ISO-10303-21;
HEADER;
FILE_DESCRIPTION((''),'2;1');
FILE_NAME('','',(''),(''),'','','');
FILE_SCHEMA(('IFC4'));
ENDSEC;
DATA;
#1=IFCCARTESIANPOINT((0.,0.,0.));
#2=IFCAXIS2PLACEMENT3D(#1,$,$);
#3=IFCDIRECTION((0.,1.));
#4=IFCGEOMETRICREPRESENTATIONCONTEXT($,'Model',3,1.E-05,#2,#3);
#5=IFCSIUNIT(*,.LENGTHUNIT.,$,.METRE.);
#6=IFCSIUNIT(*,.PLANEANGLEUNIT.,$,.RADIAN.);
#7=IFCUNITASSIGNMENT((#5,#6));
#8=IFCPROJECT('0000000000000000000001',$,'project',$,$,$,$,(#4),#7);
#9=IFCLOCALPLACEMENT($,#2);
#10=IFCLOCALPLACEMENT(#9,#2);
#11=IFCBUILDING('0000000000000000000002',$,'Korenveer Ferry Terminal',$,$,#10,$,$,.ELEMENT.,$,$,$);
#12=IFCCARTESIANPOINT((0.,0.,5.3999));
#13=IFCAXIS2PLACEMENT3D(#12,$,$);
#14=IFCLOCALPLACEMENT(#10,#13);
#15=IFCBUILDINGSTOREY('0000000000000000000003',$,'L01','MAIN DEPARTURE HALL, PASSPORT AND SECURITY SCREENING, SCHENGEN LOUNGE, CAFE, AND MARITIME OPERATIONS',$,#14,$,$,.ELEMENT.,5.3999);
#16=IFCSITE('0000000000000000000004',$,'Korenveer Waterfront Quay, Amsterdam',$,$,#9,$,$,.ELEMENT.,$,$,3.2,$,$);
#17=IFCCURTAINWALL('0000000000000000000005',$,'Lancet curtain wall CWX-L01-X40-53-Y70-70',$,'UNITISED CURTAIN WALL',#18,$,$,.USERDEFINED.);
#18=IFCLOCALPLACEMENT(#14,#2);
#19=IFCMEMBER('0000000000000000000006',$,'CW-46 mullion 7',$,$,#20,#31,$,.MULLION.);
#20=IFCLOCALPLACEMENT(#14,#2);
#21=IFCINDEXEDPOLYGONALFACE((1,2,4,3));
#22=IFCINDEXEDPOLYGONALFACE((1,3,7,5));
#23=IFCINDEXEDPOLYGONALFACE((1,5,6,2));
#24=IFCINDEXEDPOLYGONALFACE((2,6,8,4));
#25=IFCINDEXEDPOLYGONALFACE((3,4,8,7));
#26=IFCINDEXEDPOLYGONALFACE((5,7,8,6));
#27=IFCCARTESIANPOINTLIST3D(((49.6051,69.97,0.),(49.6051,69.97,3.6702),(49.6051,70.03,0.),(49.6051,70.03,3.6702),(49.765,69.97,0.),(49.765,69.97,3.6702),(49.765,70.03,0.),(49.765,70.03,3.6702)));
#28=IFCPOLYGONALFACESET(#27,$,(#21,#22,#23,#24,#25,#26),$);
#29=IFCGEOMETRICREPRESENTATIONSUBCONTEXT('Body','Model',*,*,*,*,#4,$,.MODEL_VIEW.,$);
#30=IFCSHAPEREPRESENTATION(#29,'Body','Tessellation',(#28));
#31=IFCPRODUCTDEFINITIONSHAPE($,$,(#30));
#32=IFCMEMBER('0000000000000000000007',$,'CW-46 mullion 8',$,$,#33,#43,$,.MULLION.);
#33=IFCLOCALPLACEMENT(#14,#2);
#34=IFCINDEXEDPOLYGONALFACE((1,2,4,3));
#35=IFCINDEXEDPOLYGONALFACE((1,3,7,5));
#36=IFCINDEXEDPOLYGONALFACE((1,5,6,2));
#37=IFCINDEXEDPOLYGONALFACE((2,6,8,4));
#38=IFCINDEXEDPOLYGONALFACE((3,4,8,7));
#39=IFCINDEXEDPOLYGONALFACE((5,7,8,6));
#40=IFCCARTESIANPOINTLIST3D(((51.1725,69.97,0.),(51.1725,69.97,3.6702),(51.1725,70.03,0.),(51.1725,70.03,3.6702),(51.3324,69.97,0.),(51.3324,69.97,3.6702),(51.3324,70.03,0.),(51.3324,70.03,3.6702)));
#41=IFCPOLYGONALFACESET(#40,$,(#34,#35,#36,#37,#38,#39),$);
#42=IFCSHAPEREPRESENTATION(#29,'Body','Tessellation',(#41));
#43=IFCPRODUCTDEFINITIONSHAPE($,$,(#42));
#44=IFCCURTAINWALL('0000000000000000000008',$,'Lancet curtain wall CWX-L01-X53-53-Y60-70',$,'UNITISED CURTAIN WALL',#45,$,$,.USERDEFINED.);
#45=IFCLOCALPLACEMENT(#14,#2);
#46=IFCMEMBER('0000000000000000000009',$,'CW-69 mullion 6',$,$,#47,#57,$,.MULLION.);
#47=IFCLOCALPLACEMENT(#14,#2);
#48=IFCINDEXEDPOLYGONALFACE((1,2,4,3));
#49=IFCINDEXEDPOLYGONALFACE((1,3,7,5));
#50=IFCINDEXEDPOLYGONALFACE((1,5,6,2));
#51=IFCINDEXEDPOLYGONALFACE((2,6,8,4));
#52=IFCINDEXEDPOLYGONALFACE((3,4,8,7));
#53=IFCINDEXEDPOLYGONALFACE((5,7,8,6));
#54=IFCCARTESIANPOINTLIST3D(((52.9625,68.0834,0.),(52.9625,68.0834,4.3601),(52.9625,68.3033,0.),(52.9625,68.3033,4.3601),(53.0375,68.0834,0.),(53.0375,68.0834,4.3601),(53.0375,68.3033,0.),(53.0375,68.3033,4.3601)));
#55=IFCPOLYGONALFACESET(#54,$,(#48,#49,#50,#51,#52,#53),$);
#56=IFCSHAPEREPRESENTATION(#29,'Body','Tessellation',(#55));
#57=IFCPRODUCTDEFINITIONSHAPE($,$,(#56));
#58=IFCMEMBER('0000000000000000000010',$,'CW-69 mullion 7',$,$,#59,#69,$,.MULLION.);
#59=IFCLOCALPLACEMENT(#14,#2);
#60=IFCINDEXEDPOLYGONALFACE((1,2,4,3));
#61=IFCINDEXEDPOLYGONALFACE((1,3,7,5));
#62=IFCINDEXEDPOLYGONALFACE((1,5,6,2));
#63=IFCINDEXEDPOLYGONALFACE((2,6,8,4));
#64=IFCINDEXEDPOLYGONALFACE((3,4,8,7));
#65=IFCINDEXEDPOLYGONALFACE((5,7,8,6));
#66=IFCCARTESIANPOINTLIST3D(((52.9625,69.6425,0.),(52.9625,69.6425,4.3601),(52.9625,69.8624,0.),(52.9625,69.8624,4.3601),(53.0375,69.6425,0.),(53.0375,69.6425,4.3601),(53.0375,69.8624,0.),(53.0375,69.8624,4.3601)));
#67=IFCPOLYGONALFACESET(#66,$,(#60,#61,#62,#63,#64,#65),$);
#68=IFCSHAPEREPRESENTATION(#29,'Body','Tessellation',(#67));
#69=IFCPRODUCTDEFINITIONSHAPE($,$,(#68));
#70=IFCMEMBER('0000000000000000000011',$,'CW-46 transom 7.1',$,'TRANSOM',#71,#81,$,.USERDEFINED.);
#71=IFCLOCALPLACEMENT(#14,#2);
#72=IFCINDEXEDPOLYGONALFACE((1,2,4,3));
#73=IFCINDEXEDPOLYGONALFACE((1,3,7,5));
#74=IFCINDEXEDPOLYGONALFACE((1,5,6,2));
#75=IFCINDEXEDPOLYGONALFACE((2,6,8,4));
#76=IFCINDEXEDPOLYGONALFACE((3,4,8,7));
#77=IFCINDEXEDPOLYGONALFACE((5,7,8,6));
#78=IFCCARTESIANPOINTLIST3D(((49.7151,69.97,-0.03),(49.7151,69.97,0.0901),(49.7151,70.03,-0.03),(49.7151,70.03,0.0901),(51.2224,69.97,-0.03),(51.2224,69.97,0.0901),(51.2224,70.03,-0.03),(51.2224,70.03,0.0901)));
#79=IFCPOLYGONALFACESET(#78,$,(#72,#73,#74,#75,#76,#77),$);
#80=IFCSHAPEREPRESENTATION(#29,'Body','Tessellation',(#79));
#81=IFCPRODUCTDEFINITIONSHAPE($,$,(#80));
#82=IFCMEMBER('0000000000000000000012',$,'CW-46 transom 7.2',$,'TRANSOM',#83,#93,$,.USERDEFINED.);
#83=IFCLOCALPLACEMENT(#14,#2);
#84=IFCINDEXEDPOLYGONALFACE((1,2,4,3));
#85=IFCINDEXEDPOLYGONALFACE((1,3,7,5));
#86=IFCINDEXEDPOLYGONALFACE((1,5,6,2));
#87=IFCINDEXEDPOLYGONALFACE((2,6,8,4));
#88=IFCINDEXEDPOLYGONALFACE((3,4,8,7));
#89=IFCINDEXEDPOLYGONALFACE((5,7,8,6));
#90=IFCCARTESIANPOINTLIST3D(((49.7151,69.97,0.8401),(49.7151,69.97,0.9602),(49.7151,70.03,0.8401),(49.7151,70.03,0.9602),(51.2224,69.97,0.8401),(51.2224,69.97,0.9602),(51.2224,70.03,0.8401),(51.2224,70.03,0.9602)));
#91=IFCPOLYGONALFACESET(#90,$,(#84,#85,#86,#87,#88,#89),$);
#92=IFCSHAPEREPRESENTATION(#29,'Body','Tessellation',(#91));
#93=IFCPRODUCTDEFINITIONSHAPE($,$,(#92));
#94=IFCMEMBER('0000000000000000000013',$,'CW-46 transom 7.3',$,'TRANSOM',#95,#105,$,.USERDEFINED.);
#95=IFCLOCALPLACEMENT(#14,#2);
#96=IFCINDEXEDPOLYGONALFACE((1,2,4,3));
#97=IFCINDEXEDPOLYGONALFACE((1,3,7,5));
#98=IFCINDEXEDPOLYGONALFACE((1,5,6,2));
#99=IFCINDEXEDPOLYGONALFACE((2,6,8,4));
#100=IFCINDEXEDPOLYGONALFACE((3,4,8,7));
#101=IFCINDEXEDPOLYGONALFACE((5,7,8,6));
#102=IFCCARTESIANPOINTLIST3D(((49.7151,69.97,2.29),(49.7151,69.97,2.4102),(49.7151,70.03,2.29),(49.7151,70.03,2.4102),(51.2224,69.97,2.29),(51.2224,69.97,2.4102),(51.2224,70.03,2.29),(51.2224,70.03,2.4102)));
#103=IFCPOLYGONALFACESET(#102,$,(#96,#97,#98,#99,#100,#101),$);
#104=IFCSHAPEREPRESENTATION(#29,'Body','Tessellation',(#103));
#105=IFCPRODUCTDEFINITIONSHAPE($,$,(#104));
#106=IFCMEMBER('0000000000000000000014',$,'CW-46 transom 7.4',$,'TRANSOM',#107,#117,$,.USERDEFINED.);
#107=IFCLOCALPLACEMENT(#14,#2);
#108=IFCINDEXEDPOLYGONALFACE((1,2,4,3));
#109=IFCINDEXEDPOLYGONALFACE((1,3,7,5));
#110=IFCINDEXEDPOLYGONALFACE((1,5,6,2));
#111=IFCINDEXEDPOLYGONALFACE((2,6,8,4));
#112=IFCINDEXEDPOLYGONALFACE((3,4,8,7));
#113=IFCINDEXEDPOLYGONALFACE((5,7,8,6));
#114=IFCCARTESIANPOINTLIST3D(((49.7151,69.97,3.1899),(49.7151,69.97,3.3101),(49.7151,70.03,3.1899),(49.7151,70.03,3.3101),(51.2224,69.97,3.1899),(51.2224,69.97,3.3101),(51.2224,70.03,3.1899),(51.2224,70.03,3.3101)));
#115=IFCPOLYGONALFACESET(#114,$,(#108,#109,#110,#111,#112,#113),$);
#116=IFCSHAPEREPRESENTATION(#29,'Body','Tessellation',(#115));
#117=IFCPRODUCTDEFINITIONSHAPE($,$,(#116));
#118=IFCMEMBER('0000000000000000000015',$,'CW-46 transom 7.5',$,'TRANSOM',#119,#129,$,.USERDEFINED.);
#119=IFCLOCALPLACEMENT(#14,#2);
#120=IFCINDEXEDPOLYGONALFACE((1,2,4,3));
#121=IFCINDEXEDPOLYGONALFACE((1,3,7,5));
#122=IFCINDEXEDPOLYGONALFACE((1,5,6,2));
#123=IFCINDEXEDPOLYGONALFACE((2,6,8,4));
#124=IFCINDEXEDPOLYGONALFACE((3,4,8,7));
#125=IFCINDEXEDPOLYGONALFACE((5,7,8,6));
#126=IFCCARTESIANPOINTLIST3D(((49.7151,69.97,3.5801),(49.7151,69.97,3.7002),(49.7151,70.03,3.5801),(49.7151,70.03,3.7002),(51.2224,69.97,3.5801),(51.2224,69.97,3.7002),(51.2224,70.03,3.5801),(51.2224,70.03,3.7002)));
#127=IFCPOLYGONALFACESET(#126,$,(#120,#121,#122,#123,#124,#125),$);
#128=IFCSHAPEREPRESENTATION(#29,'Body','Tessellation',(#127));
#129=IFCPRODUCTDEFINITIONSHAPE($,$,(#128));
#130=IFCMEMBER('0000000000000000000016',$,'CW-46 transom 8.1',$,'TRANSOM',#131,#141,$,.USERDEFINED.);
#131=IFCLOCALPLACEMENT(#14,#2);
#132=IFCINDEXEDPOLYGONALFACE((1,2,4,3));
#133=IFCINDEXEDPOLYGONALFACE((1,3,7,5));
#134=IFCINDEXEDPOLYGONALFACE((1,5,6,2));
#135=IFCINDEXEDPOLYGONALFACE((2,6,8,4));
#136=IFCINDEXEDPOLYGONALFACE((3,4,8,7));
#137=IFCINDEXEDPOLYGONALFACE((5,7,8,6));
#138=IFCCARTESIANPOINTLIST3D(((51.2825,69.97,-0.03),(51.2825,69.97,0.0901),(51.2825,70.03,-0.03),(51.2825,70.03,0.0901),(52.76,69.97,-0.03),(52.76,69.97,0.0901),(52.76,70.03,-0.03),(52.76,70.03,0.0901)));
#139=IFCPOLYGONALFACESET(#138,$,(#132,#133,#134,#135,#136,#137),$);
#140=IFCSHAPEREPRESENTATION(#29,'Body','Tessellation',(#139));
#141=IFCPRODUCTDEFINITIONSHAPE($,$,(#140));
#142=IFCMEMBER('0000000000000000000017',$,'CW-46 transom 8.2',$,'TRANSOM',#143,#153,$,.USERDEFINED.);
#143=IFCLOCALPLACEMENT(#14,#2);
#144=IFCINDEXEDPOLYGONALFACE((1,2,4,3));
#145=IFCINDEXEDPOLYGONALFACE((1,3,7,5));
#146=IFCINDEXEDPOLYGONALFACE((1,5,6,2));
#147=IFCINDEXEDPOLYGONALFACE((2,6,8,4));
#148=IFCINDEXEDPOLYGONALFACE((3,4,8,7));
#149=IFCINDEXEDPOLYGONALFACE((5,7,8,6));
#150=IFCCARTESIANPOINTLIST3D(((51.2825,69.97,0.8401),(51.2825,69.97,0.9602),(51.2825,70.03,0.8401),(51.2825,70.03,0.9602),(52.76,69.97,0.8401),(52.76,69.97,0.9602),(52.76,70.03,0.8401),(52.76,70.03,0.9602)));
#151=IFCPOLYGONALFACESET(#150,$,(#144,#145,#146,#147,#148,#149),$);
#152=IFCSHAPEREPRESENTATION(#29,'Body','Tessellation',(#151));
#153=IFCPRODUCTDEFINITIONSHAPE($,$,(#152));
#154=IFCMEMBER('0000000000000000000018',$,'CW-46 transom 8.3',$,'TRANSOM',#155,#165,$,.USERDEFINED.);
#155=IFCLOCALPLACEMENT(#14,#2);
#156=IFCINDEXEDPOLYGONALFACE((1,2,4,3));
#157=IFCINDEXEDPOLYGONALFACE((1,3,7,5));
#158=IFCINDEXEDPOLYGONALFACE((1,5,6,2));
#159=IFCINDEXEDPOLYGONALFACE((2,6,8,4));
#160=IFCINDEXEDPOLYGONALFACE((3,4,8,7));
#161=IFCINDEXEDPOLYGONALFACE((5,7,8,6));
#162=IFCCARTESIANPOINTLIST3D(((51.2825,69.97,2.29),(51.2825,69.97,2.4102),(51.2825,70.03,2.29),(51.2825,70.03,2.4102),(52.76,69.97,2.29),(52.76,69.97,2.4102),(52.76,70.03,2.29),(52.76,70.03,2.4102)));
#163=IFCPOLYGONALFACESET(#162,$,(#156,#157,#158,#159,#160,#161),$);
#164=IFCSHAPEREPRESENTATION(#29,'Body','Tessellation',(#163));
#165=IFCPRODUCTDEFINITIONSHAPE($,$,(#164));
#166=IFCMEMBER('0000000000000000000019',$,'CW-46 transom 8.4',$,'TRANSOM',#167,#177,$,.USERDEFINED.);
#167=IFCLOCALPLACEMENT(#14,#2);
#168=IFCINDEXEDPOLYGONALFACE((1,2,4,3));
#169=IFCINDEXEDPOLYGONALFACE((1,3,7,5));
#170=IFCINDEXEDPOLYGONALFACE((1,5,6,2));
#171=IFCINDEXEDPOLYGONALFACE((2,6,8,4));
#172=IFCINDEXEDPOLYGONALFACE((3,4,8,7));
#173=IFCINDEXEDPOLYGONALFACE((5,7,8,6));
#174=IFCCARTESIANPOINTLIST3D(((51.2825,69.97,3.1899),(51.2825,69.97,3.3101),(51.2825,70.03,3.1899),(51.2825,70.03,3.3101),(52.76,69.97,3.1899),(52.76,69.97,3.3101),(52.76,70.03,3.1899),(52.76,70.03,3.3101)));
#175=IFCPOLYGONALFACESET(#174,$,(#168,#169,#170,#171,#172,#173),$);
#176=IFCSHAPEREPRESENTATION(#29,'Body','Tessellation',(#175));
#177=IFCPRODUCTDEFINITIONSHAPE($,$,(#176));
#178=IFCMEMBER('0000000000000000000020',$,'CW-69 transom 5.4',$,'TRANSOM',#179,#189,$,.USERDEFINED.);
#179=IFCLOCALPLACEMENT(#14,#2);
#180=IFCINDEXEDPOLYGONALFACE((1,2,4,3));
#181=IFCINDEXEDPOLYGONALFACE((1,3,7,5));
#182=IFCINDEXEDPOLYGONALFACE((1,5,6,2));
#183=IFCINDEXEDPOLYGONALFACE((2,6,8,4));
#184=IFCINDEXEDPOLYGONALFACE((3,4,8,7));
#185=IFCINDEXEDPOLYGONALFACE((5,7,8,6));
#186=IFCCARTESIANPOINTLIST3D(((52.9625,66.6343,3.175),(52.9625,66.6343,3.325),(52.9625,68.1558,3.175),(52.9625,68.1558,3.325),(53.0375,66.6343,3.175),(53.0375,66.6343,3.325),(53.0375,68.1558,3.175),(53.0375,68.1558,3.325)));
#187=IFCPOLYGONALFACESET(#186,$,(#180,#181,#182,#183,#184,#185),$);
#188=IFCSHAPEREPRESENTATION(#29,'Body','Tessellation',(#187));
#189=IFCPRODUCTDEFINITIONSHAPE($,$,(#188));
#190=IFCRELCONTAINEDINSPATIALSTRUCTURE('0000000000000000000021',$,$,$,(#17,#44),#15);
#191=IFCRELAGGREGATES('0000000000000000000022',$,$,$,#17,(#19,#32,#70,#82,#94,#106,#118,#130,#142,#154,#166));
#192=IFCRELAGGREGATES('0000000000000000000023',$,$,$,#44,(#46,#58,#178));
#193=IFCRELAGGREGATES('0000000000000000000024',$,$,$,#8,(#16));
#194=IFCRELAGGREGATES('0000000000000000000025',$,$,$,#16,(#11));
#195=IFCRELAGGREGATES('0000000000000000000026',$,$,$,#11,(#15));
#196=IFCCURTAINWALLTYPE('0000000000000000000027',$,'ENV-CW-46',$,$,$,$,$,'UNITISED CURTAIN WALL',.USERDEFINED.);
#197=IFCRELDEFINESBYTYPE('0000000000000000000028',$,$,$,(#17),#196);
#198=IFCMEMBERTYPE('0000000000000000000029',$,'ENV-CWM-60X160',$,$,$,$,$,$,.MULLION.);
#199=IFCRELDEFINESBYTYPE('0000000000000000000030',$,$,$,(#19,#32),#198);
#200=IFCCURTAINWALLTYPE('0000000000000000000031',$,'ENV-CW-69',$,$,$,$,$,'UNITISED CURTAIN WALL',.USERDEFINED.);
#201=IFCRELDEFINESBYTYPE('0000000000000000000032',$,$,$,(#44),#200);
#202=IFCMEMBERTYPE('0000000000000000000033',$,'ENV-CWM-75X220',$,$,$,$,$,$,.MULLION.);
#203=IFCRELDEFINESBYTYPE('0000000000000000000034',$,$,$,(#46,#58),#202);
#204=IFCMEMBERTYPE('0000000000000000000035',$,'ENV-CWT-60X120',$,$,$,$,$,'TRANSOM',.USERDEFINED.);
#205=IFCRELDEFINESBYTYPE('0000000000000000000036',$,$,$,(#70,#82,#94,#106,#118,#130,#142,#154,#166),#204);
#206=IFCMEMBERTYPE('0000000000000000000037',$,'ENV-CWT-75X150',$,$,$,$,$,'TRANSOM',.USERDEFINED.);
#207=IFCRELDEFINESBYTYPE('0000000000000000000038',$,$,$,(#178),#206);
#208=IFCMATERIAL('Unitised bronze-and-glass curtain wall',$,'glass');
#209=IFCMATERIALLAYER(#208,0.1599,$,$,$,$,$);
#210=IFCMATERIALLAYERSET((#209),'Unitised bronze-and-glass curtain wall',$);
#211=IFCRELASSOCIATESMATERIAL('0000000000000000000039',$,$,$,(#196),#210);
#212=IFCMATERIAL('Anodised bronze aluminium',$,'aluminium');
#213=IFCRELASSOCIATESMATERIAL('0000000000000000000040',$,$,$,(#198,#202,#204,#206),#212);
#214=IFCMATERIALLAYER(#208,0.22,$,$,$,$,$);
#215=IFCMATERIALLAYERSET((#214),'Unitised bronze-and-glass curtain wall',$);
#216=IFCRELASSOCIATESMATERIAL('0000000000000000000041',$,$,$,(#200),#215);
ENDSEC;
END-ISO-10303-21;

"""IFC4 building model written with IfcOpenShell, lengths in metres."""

from ifc_helpers import new_model, si_unit, direction, frame, origin, origin_2d, place, context, subcontext, project, spatial, rectangle, extrude, material, layer, layer_set, material_profile, profile_set, type_object, element, aggregate, save


model = new_model("IFC4")

# Units and contexts
model_context = context("Model", 3, precision=1e-05, world=origin(), true_north=direction((0.0, 1.0)))
body_context = subcontext(model_context, "Body", "Model", "MODEL_VIEW")
ifc_project = project(units=[si_unit("LENGTHUNIT", "METRE"), si_unit("PLANEANGLEUNIT", "RADIAN")], contexts=[model_context])

# Site, building, storey
site_placement = place(None, origin())
site = spatial("IfcSite", under=ifc_project, at=site_placement, Name="Korenveer Waterfront Quay, Amsterdam", CompositionType="ELEMENT", RefElevation=3.2)
building_placement = place(site_placement, origin())
building = spatial("IfcBuilding", under=site, at=building_placement, Name="Korenveer Ferry Terminal", CompositionType="ELEMENT")
storey_placement = place(building_placement, frame((0.0, 0.0, 5.3999)))
storey = spatial("IfcBuildingStorey", under=building, at=storey_placement, Name="L01", Description="MAIN DEPARTURE HALL, PASSPORT AND SECURITY SCREENING, SCHENGEN LOUNGE, CAFE, AND MARITIME OPERATIONS", CompositionType="ELEMENT", Elevation=5.3999)

# Curtain walls, members
ifc_material_1 = material(Name="Unitised bronze-and-glass curtain wall", Category="glass")
ifc_layer_1 = layer(ifc_material_1, 0.1599)
ifc_layer_set_1 = layer_set([ifc_layer_1], Name="Unitised bronze-and-glass curtain wall")
curtain_wall_type_1 = type_object("IfcCurtainWallType", Name="ENV-CW-46", ElementType="UNITISED CURTAIN WALL", PredefinedType="USERDEFINED", material=ifc_layer_set_1)
curtain_wall_1_placement = place(storey_placement, frame((40.28, 70.0, 0.0)))
curtain_wall_1 = element("IfcCurtainWall", 1, at=curtain_wall_1_placement, inside=storey, type_object=curtain_wall_type_1, Name="Lancet curtain wall CWX-L01-X40-53-Y70-70", ObjectType="UNITISED CURTAIN WALL", PredefinedType="USERDEFINED")
ifc_material_2 = material(Name="Anodised bronze aluminium", Category="aluminium")
ifc_material_profile_1 = material_profile(ifc_material_2, rectangle(XDim=0.0601, YDim=0.1599, at=origin_2d()), Name="ALU 60x160")
ifc_profile_set_1 = profile_set([ifc_material_profile_1], Name="Anodised bronze aluminium")
member_type_1 = type_object("IfcMemberType", Name="ENV-CWM-60X160", PredefinedType="MULLION", material=ifc_profile_set_1)
member_1_placement = place(storey_placement, frame((49.6851, 70.0, 0.0), z_axis=(0.0, 0.0, 1.0), x_axis=(0.0, 1.0, 0.0)))
member_1 = element("IfcMember", 2, at=member_1_placement, type_object=member_type_1, Name="CW-46 mullion 7", PredefinedType="MULLION", context=body_context, shape_type="SweptSolid", body=[
    extrude(rectangle(XDim=0.0601, YDim=0.1599, at=origin_2d()), origin(), (0.0, 0.0, 1.0), 3.6702),
])
member_2_placement = place(storey_placement, frame((51.2524, 70.0, 0.0), z_axis=(0.0, 0.0, 1.0), x_axis=(0.0, 1.0, 0.0)))
member_2 = element("IfcMember", 3, at=member_2_placement, type_object=member_type_1, Name="CW-46 mullion 8", PredefinedType="MULLION", context=body_context, shape_type="SweptSolid", body=[
    extrude(rectangle(XDim=0.0601, YDim=0.1599, at=origin_2d()), origin(), (0.0, 0.0, 1.0), 3.6702),
])
ifc_layer_2 = layer(ifc_material_1, 0.22)
ifc_layer_set_2 = layer_set([ifc_layer_2], Name="Unitised bronze-and-glass curtain wall")
curtain_wall_type_2 = type_object("IfcCurtainWallType", Name="ENV-CW-69", ElementType="UNITISED CURTAIN WALL", PredefinedType="USERDEFINED", material=ifc_layer_set_2)
curtain_wall_2_placement = place(storey_placement, frame((53.0, 60.21, 0.0)))
curtain_wall_2 = element("IfcCurtainWall", 4, at=curtain_wall_2_placement, inside=storey, type_object=curtain_wall_type_2, Name="Lancet curtain wall CWX-L01-X53-53-Y60-70", ObjectType="UNITISED CURTAIN WALL", PredefinedType="USERDEFINED")
ifc_material_profile_2 = material_profile(ifc_material_2, rectangle(XDim=0.075, YDim=0.22, at=origin_2d()), Name="ALU 75x220")
ifc_profile_set_2 = profile_set([ifc_material_profile_2], Name="Anodised bronze aluminium")
member_type_2 = type_object("IfcMemberType", Name="ENV-CWM-75X220", PredefinedType="MULLION", material=ifc_profile_set_2)
member_3_placement = place(storey_placement, frame((53.0, 68.1934, 0.0), z_axis=(0.0, 0.0, 1.0), x_axis=(-1.0, 0.0, 0.0)))
member_3 = element("IfcMember", 5, at=member_3_placement, type_object=member_type_2, Name="CW-69 mullion 6", PredefinedType="MULLION", context=body_context, shape_type="SweptSolid", body=[
    extrude(rectangle(XDim=0.075, YDim=0.22, at=origin_2d()), origin(), (0.0, 0.0, 1.0), 4.3601),
])
member_4_placement = place(storey_placement, frame((53.0, 69.7524, 0.0), z_axis=(0.0, 0.0, 1.0), x_axis=(-1.0, 0.0, 0.0)))
member_4 = element("IfcMember", 6, at=member_4_placement, type_object=member_type_2, Name="CW-69 mullion 7", PredefinedType="MULLION", context=body_context, shape_type="SweptSolid", body=[
    extrude(rectangle(XDim=0.075, YDim=0.22, at=origin_2d()), origin(), (0.0, 0.0, 1.0), 4.3601),
])

# Members
ifc_material_profile_3 = material_profile(ifc_material_2, rectangle(XDim=0.0601, YDim=0.1201, at=origin_2d()), Name="ALU 60x120")
ifc_profile_set_3 = profile_set([ifc_material_profile_3], Name="Anodised bronze aluminium")
member_type_3 = type_object("IfcMemberType", Name="ENV-CWT-60X120", ElementType="TRANSOM", PredefinedType="USERDEFINED", material=ifc_profile_set_3)
member_5_placement = place(storey_placement, frame((49.7151, 70.0, 0.03), z_axis=(1.0, 0.0, 0.0), x_axis=(0.0, 1.0, 0.0)))
member_5 = element("IfcMember", 7, at=member_5_placement, type_object=member_type_3, Name="CW-46 transom 7.1", ObjectType="TRANSOM", PredefinedType="USERDEFINED", context=body_context, shape_type="SweptSolid", body=[
    extrude(rectangle(XDim=0.0601, YDim=0.1201, at=origin_2d()), origin(), (0.0, 0.0, 1.0), 1.5073),
])
member_6_placement = place(storey_placement, frame((49.7151, 70.0, 0.9001), z_axis=(1.0, 0.0, 0.0), x_axis=(0.0, 1.0, 0.0)))
member_6 = element("IfcMember", 8, at=member_6_placement, type_object=member_type_3, Name="CW-46 transom 7.2", ObjectType="TRANSOM", PredefinedType="USERDEFINED", context=body_context, shape_type="SweptSolid", body=[
    extrude(rectangle(XDim=0.0601, YDim=0.1201, at=origin_2d()), origin(), (0.0, 0.0, 1.0), 1.5073),
])
member_7_placement = place(storey_placement, frame((49.7151, 70.0, 2.3501), z_axis=(1.0, 0.0, 0.0), x_axis=(0.0, 1.0, 0.0)))
member_7 = element("IfcMember", 9, at=member_7_placement, type_object=member_type_3, Name="CW-46 transom 7.3", ObjectType="TRANSOM", PredefinedType="USERDEFINED", context=body_context, shape_type="SweptSolid", body=[
    extrude(rectangle(XDim=0.0601, YDim=0.1201, at=origin_2d()), origin(), (0.0, 0.0, 1.0), 1.5073),
])
member_8_placement = place(storey_placement, frame((49.7151, 70.0, 3.25), z_axis=(1.0, 0.0, 0.0), x_axis=(0.0, 1.0, 0.0)))
member_8 = element("IfcMember", 10, at=member_8_placement, type_object=member_type_3, Name="CW-46 transom 7.4", ObjectType="TRANSOM", PredefinedType="USERDEFINED", context=body_context, shape_type="SweptSolid", body=[
    extrude(rectangle(XDim=0.0601, YDim=0.1201, at=origin_2d()), origin(), (0.0, 0.0, 1.0), 1.5073),
])
member_9_placement = place(storey_placement, frame((49.7151, 70.0, 3.6401), z_axis=(1.0, 0.0, 0.0), x_axis=(0.0, 1.0, 0.0)))
member_9 = element("IfcMember", 11, at=member_9_placement, type_object=member_type_3, Name="CW-46 transom 7.5", ObjectType="TRANSOM", PredefinedType="USERDEFINED", context=body_context, shape_type="SweptSolid", body=[
    extrude(rectangle(XDim=0.0601, YDim=0.1201, at=origin_2d()), origin(), (0.0, 0.0, 1.0), 1.5073),
])
member_10_placement = place(storey_placement, frame((51.2825, 70.0, 0.03), z_axis=(1.0, 0.0, 0.0), x_axis=(0.0, 1.0, 0.0)))
member_10 = element("IfcMember", 12, at=member_10_placement, type_object=member_type_3, Name="CW-46 transom 8.1", ObjectType="TRANSOM", PredefinedType="USERDEFINED", context=body_context, shape_type="SweptSolid", body=[
    extrude(rectangle(XDim=0.0601, YDim=0.1201, at=origin_2d()), origin(), (0.0, 0.0, 1.0), 1.4775),
])
member_11_placement = place(storey_placement, frame((51.2825, 70.0, 0.9001), z_axis=(1.0, 0.0, 0.0), x_axis=(0.0, 1.0, 0.0)))
member_11 = element("IfcMember", 13, at=member_11_placement, type_object=member_type_3, Name="CW-46 transom 8.2", ObjectType="TRANSOM", PredefinedType="USERDEFINED", context=body_context, shape_type="SweptSolid", body=[
    extrude(rectangle(XDim=0.0601, YDim=0.1201, at=origin_2d()), origin(), (0.0, 0.0, 1.0), 1.4775),
])
member_12_placement = place(storey_placement, frame((51.2825, 70.0, 2.3501), z_axis=(1.0, 0.0, 0.0), x_axis=(0.0, 1.0, 0.0)))
member_12 = element("IfcMember", 14, at=member_12_placement, type_object=member_type_3, Name="CW-46 transom 8.3", ObjectType="TRANSOM", PredefinedType="USERDEFINED", context=body_context, shape_type="SweptSolid", body=[
    extrude(rectangle(XDim=0.0601, YDim=0.1201, at=origin_2d()), origin(), (0.0, 0.0, 1.0), 1.4775),
])
member_13_placement = place(storey_placement, frame((51.2825, 70.0, 3.25), z_axis=(1.0, 0.0, 0.0), x_axis=(0.0, 1.0, 0.0)))
member_13 = element("IfcMember", 15, at=member_13_placement, type_object=member_type_3, Name="CW-46 transom 8.4", ObjectType="TRANSOM", PredefinedType="USERDEFINED", context=body_context, shape_type="SweptSolid", body=[
    extrude(rectangle(XDim=0.0601, YDim=0.1201, at=origin_2d()), origin(), (0.0, 0.0, 1.0), 1.4775),
])
ifc_material_profile_4 = material_profile(ifc_material_2, rectangle(XDim=0.075, YDim=0.1499, at=origin_2d()), Name="ALU 75x150")
ifc_profile_set_4 = profile_set([ifc_material_profile_4], Name="Anodised bronze aluminium")
member_type_4 = type_object("IfcMemberType", Name="ENV-CWT-75X150", ElementType="TRANSOM", PredefinedType="USERDEFINED", material=ifc_profile_set_4)
member_14_placement = place(storey_placement, frame((53.0, 66.6343, 3.25), z_axis=(0.0, 1.0, 0.0), x_axis=(-1.0, 0.0, 0.0)))
member_14 = element("IfcMember", 16, at=member_14_placement, type_object=member_type_4, Name="CW-69 transom 5.4", ObjectType="TRANSOM", PredefinedType="USERDEFINED", context=body_context, shape_type="SweptSolid", body=[
    extrude(rectangle(XDim=0.075, YDim=0.1499, at=origin_2d()), origin(), (0.0, 0.0, 1.0), 1.5215),
])

aggregate(curtain_wall_1, [member_1, member_2, member_5, member_6, member_7, member_8, member_9, member_10, member_11, member_12, member_13])
aggregate(curtain_wall_2, [member_3, member_4, member_14])

save(model, "model.ifc")
